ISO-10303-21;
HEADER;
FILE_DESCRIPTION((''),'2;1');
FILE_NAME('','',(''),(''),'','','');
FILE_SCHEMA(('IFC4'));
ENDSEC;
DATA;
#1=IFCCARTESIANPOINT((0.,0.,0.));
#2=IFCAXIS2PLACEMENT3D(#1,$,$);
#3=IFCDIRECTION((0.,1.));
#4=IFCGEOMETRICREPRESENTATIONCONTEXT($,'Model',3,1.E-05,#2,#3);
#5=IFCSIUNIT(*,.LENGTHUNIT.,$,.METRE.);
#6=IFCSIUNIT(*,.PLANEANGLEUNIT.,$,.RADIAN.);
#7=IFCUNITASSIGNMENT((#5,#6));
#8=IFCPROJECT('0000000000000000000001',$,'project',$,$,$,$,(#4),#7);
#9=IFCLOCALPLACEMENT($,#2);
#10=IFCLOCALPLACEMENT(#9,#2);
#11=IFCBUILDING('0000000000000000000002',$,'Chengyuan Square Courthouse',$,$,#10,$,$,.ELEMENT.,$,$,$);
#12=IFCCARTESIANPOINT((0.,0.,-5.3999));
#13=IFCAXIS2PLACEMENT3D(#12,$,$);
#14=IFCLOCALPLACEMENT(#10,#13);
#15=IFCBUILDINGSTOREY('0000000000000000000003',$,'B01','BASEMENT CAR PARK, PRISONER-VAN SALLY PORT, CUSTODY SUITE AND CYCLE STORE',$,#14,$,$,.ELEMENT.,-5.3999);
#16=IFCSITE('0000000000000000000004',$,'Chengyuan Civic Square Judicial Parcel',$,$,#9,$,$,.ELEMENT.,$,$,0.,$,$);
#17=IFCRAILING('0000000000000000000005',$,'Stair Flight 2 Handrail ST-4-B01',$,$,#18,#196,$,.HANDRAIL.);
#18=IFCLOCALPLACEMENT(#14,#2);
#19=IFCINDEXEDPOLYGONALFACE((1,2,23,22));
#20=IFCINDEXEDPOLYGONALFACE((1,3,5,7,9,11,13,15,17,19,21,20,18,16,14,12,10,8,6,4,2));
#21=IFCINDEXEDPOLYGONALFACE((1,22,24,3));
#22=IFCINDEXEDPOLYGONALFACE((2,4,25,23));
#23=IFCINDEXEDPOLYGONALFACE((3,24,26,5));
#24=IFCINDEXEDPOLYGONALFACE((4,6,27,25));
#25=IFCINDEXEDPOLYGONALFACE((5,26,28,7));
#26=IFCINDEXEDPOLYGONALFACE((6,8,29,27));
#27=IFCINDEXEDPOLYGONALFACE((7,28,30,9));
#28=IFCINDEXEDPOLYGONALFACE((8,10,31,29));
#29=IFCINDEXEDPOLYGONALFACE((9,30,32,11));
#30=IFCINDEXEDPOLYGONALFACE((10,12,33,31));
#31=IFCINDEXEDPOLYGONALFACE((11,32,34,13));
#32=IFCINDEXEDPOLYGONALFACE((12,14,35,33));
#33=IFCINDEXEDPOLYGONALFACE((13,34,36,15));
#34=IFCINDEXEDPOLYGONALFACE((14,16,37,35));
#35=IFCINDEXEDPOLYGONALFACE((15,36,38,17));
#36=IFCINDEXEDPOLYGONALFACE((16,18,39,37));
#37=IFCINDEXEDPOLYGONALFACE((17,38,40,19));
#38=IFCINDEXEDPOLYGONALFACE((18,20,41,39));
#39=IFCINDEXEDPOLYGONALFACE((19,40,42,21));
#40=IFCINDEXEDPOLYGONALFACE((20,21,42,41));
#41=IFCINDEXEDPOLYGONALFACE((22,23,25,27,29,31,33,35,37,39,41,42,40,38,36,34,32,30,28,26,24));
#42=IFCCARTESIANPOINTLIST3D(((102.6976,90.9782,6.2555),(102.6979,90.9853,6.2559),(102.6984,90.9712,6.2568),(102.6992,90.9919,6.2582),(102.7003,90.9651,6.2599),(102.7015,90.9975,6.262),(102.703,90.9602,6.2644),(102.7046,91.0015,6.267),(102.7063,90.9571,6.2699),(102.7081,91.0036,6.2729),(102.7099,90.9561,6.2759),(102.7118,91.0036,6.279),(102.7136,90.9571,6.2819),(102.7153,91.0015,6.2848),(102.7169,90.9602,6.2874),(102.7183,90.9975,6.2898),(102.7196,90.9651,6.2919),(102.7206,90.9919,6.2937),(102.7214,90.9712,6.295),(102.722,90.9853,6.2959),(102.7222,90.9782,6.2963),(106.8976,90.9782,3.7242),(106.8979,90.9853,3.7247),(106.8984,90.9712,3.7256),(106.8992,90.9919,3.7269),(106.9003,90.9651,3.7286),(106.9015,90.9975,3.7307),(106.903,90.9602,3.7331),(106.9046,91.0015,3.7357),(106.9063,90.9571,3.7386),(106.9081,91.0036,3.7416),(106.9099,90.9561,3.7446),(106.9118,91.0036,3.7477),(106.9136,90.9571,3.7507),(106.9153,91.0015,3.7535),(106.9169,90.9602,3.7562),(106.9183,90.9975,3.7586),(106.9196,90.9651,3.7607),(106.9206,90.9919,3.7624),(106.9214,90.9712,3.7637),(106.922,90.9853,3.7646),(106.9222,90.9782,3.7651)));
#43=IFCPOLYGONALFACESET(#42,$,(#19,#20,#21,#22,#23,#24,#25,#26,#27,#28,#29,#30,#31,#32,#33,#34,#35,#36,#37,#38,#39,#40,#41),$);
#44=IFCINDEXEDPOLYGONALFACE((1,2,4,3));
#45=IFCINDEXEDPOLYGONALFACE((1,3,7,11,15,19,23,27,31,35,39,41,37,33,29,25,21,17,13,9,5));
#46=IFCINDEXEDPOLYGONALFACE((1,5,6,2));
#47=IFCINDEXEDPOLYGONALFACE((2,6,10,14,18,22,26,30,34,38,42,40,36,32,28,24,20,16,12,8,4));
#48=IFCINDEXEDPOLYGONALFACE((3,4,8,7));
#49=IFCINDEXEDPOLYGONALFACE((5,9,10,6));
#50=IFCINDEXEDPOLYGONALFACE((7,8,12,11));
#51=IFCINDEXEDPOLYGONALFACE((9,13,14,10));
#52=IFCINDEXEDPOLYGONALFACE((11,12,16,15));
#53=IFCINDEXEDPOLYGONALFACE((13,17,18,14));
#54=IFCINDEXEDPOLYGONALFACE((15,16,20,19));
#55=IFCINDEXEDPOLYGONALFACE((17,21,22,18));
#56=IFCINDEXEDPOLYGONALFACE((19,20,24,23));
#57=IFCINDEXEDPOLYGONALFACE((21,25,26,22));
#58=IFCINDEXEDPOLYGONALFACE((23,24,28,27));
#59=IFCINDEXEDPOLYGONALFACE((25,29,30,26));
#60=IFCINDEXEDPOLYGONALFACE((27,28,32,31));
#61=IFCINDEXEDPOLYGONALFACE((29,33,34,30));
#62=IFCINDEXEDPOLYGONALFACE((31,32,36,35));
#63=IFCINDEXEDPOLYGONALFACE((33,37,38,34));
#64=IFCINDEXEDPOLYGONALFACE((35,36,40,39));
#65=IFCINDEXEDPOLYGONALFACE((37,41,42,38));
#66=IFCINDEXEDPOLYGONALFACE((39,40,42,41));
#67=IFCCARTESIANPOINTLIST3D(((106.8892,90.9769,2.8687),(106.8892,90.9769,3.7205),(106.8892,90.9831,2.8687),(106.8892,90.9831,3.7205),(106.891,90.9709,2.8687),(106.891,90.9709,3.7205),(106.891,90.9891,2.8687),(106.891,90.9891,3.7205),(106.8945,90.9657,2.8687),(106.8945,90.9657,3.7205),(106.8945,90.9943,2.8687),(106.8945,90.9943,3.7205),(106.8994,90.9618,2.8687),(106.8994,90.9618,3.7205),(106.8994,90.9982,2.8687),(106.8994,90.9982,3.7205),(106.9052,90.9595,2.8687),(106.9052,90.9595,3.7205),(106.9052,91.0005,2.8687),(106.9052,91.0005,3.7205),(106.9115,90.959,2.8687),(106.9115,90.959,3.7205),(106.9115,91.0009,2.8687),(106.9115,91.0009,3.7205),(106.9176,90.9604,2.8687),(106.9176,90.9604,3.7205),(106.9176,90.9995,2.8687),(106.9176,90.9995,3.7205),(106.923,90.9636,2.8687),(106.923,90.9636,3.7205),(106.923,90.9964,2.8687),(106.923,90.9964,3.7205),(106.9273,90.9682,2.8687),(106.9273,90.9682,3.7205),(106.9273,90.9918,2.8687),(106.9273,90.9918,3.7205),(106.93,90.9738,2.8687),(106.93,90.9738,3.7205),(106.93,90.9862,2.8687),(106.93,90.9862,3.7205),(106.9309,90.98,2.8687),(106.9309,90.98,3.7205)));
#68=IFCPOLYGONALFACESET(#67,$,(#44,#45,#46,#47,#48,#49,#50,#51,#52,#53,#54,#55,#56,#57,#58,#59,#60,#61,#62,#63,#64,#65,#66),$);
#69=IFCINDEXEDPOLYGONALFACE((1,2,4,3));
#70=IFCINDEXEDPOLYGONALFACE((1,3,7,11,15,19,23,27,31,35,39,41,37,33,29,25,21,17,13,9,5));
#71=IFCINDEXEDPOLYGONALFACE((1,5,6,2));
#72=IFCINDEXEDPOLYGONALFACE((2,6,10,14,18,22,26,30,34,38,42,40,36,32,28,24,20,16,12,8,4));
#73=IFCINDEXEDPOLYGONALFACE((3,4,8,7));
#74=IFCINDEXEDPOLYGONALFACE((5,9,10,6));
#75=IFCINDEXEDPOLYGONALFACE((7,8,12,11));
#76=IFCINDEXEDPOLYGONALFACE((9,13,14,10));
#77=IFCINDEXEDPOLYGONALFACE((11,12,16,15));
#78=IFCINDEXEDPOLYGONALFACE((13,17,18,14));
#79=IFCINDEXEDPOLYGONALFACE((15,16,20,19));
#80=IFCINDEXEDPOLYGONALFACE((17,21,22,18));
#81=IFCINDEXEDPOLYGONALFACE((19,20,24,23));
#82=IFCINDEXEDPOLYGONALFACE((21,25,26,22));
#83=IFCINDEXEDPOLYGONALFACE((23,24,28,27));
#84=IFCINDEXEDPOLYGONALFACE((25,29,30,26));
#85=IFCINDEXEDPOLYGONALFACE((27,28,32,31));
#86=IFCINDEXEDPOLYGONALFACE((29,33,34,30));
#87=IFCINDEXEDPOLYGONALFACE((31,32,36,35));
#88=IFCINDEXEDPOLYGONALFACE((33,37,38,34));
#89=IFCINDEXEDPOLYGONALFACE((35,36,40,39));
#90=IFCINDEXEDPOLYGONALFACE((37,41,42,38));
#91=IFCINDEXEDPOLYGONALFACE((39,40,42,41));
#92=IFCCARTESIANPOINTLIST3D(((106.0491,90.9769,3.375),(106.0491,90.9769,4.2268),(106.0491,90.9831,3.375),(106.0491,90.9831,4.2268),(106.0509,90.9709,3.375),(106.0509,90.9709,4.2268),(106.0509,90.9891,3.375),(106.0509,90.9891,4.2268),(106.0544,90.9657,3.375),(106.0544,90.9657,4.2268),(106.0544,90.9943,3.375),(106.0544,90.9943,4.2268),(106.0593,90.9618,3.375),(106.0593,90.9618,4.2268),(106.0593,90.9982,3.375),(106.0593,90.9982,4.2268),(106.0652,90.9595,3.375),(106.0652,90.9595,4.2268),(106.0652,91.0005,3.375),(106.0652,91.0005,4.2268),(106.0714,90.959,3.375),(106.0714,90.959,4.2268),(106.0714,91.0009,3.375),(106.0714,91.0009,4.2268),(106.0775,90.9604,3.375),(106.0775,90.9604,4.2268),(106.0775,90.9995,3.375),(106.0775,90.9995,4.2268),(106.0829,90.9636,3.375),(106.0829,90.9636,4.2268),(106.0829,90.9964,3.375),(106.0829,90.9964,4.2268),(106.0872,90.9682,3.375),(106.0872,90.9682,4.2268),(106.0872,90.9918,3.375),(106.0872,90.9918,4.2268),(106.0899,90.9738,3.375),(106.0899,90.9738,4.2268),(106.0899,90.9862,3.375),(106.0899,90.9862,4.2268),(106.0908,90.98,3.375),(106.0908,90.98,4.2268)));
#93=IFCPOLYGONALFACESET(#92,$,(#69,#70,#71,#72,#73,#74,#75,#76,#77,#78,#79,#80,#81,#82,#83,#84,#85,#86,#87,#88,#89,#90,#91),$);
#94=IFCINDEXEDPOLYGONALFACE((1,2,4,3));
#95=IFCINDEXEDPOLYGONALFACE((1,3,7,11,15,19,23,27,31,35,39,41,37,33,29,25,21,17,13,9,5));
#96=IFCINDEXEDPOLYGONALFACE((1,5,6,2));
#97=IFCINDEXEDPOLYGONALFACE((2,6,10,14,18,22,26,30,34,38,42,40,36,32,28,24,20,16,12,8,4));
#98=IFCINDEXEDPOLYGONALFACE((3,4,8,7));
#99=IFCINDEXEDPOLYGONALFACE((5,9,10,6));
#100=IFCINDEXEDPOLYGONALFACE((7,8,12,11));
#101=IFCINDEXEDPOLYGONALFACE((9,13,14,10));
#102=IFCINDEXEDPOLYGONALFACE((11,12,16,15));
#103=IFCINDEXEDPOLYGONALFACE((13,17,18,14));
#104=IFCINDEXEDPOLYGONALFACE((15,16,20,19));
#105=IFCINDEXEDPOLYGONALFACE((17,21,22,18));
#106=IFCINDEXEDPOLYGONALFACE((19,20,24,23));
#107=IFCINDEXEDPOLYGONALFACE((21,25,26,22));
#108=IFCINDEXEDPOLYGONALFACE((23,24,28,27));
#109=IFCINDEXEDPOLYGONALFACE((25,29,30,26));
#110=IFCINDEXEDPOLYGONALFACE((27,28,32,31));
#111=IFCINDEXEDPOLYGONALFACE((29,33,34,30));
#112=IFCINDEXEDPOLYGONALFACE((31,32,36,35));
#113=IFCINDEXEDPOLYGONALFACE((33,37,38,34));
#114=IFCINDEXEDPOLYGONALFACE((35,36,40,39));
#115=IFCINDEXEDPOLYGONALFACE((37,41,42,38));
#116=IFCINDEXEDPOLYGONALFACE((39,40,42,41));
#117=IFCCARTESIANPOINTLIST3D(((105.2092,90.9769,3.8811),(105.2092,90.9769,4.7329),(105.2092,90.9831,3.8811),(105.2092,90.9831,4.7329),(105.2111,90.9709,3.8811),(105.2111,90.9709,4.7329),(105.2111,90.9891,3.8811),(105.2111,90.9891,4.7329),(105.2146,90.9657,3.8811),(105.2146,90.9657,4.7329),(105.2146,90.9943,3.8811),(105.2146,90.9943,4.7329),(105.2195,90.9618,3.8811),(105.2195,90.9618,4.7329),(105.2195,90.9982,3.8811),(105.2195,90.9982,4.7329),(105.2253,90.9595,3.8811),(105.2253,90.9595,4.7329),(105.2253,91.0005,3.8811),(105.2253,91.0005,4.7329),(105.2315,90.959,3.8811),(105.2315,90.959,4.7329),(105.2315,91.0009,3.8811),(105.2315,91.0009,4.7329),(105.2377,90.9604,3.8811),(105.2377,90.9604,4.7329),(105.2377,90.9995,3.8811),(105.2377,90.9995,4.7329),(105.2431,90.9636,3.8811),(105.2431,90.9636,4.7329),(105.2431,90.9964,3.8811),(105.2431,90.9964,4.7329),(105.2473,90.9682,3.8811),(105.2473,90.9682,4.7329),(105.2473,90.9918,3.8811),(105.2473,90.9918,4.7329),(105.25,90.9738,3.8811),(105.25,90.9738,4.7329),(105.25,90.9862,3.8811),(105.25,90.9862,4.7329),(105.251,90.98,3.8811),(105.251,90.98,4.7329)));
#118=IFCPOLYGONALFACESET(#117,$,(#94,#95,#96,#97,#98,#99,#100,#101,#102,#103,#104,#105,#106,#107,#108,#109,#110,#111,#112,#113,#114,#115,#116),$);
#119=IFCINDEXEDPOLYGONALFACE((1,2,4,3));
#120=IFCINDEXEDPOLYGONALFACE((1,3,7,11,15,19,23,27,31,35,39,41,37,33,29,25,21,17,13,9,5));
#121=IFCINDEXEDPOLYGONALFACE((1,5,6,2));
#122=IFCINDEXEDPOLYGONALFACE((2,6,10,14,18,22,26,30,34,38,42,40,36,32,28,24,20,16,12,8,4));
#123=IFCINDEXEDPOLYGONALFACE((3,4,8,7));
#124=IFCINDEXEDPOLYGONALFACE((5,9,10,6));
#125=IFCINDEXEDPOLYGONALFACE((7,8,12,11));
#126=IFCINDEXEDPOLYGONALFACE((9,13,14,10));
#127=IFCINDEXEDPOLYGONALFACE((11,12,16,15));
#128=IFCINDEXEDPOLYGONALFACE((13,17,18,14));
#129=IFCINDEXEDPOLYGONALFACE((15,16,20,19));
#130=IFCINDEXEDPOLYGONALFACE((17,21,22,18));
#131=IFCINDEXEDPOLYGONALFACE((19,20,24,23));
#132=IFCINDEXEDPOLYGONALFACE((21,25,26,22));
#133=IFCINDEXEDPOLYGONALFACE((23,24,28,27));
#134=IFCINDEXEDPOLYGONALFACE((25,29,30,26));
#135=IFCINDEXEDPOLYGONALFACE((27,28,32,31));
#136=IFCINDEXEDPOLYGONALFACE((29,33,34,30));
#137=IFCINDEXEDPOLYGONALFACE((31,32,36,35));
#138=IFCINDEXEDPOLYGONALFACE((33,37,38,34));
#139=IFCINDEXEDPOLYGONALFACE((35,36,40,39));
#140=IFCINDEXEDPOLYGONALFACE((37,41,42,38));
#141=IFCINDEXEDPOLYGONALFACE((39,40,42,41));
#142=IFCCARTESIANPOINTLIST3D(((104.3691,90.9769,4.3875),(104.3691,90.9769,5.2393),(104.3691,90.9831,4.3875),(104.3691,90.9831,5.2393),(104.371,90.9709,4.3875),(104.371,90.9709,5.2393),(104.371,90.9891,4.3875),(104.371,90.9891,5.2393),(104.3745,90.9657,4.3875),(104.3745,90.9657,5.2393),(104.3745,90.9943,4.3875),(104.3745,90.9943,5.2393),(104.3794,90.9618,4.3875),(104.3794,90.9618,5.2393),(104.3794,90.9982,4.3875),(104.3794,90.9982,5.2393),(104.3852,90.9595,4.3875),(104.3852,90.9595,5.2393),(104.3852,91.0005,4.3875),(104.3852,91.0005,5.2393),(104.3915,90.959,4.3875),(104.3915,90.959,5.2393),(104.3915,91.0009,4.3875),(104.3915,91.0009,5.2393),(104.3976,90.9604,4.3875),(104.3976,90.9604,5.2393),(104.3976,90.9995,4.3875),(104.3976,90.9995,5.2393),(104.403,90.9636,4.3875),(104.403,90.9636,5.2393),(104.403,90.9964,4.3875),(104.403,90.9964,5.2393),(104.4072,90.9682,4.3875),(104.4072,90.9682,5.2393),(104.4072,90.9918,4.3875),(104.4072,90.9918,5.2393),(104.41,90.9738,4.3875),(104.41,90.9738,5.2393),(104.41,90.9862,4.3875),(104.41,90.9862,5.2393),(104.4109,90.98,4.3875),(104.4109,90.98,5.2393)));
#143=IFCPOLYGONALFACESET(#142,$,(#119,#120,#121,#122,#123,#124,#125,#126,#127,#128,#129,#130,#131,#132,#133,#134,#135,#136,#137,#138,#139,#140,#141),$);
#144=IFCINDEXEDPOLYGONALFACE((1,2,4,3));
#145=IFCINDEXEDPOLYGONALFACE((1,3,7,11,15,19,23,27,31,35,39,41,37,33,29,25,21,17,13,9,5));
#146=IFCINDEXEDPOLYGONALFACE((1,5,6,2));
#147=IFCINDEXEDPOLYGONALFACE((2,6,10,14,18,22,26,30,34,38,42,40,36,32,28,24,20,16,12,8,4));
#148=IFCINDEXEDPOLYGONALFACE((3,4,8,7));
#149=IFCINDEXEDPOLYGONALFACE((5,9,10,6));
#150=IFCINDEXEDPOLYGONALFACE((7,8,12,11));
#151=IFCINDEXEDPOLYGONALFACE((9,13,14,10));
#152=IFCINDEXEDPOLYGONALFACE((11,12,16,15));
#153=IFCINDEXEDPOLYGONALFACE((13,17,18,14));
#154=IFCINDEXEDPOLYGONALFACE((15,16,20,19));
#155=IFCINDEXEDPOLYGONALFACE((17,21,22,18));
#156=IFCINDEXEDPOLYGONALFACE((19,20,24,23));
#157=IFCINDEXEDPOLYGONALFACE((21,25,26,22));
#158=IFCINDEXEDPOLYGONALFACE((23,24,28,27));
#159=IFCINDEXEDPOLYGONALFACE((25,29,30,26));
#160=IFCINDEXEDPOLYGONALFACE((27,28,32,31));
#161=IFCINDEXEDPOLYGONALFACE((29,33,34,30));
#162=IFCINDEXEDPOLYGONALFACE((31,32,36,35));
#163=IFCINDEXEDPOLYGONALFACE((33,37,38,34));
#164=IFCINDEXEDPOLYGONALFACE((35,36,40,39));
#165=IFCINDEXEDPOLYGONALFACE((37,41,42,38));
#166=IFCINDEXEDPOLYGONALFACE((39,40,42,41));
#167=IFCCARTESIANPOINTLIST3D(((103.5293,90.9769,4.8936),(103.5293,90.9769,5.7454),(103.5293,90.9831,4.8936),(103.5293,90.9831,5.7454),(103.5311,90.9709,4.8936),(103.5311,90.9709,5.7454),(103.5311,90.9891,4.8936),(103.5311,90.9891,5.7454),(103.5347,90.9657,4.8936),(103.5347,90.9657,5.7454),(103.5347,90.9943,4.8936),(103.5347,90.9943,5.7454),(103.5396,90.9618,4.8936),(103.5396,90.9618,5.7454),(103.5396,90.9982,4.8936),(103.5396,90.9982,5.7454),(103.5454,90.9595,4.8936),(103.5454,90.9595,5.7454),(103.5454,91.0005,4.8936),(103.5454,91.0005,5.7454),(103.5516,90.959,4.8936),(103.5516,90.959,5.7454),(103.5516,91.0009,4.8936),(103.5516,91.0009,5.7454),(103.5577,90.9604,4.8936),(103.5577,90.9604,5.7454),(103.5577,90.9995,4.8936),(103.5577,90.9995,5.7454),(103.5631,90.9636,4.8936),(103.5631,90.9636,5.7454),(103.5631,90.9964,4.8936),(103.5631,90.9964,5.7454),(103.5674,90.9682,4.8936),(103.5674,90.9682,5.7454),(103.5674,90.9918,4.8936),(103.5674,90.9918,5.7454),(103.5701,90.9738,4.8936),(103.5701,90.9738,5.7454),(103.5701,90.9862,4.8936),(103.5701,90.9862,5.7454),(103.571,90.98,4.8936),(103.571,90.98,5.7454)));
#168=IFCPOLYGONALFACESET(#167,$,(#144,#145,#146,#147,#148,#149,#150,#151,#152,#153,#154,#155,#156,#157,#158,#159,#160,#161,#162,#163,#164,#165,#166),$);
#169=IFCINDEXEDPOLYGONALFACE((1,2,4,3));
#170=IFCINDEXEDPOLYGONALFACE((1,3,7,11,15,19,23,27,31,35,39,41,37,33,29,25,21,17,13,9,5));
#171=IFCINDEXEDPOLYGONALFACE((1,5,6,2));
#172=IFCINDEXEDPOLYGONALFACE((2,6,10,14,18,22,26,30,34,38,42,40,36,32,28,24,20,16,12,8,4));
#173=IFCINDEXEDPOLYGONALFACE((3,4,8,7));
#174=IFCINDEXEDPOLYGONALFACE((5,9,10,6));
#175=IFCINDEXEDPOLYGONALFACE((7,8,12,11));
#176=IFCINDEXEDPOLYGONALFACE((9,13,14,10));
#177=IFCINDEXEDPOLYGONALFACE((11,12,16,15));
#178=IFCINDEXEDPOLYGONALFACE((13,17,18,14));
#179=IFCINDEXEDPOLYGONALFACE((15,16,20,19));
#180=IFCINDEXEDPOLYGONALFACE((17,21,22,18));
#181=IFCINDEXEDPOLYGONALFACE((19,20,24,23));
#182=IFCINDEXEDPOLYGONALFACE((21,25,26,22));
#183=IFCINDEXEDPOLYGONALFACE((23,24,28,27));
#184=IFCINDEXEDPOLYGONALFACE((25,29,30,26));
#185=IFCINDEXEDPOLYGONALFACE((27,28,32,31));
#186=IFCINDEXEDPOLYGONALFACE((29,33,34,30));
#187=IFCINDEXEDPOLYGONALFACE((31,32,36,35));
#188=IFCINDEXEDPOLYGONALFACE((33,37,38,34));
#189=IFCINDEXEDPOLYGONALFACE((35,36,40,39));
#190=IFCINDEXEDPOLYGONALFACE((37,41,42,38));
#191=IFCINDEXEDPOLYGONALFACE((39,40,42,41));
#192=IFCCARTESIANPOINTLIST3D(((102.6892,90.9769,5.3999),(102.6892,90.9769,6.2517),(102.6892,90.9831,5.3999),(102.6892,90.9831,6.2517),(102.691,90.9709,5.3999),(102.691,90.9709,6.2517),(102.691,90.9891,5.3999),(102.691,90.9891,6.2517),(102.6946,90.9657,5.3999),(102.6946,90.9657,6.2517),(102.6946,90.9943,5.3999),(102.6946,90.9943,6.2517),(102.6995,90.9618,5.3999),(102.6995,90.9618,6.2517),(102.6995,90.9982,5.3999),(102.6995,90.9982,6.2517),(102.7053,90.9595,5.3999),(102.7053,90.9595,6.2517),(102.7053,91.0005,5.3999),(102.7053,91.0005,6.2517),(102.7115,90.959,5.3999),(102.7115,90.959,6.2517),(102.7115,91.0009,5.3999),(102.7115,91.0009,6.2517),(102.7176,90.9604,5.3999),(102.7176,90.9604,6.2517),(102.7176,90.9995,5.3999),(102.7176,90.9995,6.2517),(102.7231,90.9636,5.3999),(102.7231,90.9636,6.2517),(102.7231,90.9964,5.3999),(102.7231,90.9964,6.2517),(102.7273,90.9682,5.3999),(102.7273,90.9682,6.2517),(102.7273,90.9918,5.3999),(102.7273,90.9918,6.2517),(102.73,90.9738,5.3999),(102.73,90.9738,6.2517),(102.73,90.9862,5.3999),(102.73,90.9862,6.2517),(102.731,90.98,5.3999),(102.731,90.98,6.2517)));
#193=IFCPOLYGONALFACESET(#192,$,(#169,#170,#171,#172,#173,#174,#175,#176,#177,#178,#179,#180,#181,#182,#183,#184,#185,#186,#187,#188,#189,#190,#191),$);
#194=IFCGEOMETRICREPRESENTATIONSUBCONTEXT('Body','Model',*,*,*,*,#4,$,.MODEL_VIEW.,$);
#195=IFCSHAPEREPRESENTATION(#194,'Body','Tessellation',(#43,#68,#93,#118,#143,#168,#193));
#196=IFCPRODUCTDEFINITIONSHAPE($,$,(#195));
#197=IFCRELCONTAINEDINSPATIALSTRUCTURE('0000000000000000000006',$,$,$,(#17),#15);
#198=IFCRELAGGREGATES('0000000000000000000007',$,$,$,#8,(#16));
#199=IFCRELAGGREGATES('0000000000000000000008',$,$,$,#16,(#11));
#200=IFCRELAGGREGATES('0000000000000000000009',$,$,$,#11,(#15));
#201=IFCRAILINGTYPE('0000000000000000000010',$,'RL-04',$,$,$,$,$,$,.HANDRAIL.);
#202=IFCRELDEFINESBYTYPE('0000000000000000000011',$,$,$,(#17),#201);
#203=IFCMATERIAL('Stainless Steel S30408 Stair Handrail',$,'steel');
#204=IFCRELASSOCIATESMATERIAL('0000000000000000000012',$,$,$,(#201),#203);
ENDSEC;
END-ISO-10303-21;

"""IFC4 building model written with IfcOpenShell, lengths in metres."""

from ifc_helpers import new_model, si_unit, direction, frame, origin, origin_2d, place, context, subcontext, project, spatial, circle, extrude, material, type_object, element, save


model = new_model("IFC4")

# Units and contexts
model_context = context("Model", 3, precision=1e-05, world=origin(), true_north=direction((0.0, 1.0)))
body_context = subcontext(model_context, "Body", "Model", "MODEL_VIEW")
ifc_project = project(units=[si_unit("LENGTHUNIT", "METRE"), si_unit("PLANEANGLEUNIT", "RADIAN")], contexts=[model_context])

# Site, building, storey
site_placement = place(None, origin())
site = spatial("IfcSite", under=ifc_project, at=site_placement, Name="Chengyuan Civic Square Judicial Parcel", CompositionType="ELEMENT", RefElevation=0.0)
building_placement = place(site_placement, origin())
building = spatial("IfcBuilding", under=site, at=building_placement, Name="Chengyuan Square Courthouse", CompositionType="ELEMENT")
storey_placement = place(building_placement, frame((0.0, 0.0, -5.3999)))
storey = spatial("IfcBuildingStorey", under=building, at=storey_placement, Name="B01", Description="BASEMENT CAR PARK, PRISONER-VAN SALLY PORT, CUSTODY SUITE AND CYCLE STORE", CompositionType="ELEMENT", Elevation=-5.3999)

# Railing
ifc_material_1 = material(Name="Stainless Steel S30408 Stair Handrail", Category="steel")
railing_type_1 = type_object("IfcRailingType", Name="RL-04", PredefinedType="HANDRAIL", material=ifc_material_1)
railing_1_placement = place(storey_placement, frame((106.9099, 90.98, 2.8687)))
element("IfcRailing", 1, at=railing_1_placement, inside=storey, type_object=railing_type_1, Name="Stair Flight 2 Handrail ST-4-B01", PredefinedType="HANDRAIL", context=body_context, shape_type="SweptSolid", body=[
    extrude(circle(Radius=0.0239, at=origin_2d()), frame((0.0, 0.0, 0.876), z_axis=(-0.856476, 0.0, 0.516186), x_axis=(0.0, -1.0, 0.0)), (0.0, 0.0, 1.0), 4.9038),
    extrude(circle(Radius=0.021, at=origin_2d()), origin(), (0.0, 0.0, 1.0), 0.8518),
    extrude(circle(Radius=0.021, at=origin_2d()), frame((-0.8401, 0.0, 0.5063)), (0.0, 0.0, 1.0), 0.8518),
    extrude(circle(Radius=0.021, at=origin_2d()), frame((-1.6799, 0.0, 1.0125)), (0.0, 0.0, 1.0), 0.8518),
    extrude(circle(Radius=0.021, at=origin_2d()), frame((-2.52, 0.0, 1.5188)), (0.0, 0.0, 1.0), 0.8518),
    extrude(circle(Radius=0.021, at=origin_2d()), frame((-3.3599, 0.0, 2.0249)), (0.0, 0.0, 1.0), 0.8518),
    extrude(circle(Radius=0.021, at=origin_2d()), frame((-4.2, 0.0, 2.5312)), (0.0, 0.0, 1.0), 0.8518),
])

save(model, "model.ifc")
